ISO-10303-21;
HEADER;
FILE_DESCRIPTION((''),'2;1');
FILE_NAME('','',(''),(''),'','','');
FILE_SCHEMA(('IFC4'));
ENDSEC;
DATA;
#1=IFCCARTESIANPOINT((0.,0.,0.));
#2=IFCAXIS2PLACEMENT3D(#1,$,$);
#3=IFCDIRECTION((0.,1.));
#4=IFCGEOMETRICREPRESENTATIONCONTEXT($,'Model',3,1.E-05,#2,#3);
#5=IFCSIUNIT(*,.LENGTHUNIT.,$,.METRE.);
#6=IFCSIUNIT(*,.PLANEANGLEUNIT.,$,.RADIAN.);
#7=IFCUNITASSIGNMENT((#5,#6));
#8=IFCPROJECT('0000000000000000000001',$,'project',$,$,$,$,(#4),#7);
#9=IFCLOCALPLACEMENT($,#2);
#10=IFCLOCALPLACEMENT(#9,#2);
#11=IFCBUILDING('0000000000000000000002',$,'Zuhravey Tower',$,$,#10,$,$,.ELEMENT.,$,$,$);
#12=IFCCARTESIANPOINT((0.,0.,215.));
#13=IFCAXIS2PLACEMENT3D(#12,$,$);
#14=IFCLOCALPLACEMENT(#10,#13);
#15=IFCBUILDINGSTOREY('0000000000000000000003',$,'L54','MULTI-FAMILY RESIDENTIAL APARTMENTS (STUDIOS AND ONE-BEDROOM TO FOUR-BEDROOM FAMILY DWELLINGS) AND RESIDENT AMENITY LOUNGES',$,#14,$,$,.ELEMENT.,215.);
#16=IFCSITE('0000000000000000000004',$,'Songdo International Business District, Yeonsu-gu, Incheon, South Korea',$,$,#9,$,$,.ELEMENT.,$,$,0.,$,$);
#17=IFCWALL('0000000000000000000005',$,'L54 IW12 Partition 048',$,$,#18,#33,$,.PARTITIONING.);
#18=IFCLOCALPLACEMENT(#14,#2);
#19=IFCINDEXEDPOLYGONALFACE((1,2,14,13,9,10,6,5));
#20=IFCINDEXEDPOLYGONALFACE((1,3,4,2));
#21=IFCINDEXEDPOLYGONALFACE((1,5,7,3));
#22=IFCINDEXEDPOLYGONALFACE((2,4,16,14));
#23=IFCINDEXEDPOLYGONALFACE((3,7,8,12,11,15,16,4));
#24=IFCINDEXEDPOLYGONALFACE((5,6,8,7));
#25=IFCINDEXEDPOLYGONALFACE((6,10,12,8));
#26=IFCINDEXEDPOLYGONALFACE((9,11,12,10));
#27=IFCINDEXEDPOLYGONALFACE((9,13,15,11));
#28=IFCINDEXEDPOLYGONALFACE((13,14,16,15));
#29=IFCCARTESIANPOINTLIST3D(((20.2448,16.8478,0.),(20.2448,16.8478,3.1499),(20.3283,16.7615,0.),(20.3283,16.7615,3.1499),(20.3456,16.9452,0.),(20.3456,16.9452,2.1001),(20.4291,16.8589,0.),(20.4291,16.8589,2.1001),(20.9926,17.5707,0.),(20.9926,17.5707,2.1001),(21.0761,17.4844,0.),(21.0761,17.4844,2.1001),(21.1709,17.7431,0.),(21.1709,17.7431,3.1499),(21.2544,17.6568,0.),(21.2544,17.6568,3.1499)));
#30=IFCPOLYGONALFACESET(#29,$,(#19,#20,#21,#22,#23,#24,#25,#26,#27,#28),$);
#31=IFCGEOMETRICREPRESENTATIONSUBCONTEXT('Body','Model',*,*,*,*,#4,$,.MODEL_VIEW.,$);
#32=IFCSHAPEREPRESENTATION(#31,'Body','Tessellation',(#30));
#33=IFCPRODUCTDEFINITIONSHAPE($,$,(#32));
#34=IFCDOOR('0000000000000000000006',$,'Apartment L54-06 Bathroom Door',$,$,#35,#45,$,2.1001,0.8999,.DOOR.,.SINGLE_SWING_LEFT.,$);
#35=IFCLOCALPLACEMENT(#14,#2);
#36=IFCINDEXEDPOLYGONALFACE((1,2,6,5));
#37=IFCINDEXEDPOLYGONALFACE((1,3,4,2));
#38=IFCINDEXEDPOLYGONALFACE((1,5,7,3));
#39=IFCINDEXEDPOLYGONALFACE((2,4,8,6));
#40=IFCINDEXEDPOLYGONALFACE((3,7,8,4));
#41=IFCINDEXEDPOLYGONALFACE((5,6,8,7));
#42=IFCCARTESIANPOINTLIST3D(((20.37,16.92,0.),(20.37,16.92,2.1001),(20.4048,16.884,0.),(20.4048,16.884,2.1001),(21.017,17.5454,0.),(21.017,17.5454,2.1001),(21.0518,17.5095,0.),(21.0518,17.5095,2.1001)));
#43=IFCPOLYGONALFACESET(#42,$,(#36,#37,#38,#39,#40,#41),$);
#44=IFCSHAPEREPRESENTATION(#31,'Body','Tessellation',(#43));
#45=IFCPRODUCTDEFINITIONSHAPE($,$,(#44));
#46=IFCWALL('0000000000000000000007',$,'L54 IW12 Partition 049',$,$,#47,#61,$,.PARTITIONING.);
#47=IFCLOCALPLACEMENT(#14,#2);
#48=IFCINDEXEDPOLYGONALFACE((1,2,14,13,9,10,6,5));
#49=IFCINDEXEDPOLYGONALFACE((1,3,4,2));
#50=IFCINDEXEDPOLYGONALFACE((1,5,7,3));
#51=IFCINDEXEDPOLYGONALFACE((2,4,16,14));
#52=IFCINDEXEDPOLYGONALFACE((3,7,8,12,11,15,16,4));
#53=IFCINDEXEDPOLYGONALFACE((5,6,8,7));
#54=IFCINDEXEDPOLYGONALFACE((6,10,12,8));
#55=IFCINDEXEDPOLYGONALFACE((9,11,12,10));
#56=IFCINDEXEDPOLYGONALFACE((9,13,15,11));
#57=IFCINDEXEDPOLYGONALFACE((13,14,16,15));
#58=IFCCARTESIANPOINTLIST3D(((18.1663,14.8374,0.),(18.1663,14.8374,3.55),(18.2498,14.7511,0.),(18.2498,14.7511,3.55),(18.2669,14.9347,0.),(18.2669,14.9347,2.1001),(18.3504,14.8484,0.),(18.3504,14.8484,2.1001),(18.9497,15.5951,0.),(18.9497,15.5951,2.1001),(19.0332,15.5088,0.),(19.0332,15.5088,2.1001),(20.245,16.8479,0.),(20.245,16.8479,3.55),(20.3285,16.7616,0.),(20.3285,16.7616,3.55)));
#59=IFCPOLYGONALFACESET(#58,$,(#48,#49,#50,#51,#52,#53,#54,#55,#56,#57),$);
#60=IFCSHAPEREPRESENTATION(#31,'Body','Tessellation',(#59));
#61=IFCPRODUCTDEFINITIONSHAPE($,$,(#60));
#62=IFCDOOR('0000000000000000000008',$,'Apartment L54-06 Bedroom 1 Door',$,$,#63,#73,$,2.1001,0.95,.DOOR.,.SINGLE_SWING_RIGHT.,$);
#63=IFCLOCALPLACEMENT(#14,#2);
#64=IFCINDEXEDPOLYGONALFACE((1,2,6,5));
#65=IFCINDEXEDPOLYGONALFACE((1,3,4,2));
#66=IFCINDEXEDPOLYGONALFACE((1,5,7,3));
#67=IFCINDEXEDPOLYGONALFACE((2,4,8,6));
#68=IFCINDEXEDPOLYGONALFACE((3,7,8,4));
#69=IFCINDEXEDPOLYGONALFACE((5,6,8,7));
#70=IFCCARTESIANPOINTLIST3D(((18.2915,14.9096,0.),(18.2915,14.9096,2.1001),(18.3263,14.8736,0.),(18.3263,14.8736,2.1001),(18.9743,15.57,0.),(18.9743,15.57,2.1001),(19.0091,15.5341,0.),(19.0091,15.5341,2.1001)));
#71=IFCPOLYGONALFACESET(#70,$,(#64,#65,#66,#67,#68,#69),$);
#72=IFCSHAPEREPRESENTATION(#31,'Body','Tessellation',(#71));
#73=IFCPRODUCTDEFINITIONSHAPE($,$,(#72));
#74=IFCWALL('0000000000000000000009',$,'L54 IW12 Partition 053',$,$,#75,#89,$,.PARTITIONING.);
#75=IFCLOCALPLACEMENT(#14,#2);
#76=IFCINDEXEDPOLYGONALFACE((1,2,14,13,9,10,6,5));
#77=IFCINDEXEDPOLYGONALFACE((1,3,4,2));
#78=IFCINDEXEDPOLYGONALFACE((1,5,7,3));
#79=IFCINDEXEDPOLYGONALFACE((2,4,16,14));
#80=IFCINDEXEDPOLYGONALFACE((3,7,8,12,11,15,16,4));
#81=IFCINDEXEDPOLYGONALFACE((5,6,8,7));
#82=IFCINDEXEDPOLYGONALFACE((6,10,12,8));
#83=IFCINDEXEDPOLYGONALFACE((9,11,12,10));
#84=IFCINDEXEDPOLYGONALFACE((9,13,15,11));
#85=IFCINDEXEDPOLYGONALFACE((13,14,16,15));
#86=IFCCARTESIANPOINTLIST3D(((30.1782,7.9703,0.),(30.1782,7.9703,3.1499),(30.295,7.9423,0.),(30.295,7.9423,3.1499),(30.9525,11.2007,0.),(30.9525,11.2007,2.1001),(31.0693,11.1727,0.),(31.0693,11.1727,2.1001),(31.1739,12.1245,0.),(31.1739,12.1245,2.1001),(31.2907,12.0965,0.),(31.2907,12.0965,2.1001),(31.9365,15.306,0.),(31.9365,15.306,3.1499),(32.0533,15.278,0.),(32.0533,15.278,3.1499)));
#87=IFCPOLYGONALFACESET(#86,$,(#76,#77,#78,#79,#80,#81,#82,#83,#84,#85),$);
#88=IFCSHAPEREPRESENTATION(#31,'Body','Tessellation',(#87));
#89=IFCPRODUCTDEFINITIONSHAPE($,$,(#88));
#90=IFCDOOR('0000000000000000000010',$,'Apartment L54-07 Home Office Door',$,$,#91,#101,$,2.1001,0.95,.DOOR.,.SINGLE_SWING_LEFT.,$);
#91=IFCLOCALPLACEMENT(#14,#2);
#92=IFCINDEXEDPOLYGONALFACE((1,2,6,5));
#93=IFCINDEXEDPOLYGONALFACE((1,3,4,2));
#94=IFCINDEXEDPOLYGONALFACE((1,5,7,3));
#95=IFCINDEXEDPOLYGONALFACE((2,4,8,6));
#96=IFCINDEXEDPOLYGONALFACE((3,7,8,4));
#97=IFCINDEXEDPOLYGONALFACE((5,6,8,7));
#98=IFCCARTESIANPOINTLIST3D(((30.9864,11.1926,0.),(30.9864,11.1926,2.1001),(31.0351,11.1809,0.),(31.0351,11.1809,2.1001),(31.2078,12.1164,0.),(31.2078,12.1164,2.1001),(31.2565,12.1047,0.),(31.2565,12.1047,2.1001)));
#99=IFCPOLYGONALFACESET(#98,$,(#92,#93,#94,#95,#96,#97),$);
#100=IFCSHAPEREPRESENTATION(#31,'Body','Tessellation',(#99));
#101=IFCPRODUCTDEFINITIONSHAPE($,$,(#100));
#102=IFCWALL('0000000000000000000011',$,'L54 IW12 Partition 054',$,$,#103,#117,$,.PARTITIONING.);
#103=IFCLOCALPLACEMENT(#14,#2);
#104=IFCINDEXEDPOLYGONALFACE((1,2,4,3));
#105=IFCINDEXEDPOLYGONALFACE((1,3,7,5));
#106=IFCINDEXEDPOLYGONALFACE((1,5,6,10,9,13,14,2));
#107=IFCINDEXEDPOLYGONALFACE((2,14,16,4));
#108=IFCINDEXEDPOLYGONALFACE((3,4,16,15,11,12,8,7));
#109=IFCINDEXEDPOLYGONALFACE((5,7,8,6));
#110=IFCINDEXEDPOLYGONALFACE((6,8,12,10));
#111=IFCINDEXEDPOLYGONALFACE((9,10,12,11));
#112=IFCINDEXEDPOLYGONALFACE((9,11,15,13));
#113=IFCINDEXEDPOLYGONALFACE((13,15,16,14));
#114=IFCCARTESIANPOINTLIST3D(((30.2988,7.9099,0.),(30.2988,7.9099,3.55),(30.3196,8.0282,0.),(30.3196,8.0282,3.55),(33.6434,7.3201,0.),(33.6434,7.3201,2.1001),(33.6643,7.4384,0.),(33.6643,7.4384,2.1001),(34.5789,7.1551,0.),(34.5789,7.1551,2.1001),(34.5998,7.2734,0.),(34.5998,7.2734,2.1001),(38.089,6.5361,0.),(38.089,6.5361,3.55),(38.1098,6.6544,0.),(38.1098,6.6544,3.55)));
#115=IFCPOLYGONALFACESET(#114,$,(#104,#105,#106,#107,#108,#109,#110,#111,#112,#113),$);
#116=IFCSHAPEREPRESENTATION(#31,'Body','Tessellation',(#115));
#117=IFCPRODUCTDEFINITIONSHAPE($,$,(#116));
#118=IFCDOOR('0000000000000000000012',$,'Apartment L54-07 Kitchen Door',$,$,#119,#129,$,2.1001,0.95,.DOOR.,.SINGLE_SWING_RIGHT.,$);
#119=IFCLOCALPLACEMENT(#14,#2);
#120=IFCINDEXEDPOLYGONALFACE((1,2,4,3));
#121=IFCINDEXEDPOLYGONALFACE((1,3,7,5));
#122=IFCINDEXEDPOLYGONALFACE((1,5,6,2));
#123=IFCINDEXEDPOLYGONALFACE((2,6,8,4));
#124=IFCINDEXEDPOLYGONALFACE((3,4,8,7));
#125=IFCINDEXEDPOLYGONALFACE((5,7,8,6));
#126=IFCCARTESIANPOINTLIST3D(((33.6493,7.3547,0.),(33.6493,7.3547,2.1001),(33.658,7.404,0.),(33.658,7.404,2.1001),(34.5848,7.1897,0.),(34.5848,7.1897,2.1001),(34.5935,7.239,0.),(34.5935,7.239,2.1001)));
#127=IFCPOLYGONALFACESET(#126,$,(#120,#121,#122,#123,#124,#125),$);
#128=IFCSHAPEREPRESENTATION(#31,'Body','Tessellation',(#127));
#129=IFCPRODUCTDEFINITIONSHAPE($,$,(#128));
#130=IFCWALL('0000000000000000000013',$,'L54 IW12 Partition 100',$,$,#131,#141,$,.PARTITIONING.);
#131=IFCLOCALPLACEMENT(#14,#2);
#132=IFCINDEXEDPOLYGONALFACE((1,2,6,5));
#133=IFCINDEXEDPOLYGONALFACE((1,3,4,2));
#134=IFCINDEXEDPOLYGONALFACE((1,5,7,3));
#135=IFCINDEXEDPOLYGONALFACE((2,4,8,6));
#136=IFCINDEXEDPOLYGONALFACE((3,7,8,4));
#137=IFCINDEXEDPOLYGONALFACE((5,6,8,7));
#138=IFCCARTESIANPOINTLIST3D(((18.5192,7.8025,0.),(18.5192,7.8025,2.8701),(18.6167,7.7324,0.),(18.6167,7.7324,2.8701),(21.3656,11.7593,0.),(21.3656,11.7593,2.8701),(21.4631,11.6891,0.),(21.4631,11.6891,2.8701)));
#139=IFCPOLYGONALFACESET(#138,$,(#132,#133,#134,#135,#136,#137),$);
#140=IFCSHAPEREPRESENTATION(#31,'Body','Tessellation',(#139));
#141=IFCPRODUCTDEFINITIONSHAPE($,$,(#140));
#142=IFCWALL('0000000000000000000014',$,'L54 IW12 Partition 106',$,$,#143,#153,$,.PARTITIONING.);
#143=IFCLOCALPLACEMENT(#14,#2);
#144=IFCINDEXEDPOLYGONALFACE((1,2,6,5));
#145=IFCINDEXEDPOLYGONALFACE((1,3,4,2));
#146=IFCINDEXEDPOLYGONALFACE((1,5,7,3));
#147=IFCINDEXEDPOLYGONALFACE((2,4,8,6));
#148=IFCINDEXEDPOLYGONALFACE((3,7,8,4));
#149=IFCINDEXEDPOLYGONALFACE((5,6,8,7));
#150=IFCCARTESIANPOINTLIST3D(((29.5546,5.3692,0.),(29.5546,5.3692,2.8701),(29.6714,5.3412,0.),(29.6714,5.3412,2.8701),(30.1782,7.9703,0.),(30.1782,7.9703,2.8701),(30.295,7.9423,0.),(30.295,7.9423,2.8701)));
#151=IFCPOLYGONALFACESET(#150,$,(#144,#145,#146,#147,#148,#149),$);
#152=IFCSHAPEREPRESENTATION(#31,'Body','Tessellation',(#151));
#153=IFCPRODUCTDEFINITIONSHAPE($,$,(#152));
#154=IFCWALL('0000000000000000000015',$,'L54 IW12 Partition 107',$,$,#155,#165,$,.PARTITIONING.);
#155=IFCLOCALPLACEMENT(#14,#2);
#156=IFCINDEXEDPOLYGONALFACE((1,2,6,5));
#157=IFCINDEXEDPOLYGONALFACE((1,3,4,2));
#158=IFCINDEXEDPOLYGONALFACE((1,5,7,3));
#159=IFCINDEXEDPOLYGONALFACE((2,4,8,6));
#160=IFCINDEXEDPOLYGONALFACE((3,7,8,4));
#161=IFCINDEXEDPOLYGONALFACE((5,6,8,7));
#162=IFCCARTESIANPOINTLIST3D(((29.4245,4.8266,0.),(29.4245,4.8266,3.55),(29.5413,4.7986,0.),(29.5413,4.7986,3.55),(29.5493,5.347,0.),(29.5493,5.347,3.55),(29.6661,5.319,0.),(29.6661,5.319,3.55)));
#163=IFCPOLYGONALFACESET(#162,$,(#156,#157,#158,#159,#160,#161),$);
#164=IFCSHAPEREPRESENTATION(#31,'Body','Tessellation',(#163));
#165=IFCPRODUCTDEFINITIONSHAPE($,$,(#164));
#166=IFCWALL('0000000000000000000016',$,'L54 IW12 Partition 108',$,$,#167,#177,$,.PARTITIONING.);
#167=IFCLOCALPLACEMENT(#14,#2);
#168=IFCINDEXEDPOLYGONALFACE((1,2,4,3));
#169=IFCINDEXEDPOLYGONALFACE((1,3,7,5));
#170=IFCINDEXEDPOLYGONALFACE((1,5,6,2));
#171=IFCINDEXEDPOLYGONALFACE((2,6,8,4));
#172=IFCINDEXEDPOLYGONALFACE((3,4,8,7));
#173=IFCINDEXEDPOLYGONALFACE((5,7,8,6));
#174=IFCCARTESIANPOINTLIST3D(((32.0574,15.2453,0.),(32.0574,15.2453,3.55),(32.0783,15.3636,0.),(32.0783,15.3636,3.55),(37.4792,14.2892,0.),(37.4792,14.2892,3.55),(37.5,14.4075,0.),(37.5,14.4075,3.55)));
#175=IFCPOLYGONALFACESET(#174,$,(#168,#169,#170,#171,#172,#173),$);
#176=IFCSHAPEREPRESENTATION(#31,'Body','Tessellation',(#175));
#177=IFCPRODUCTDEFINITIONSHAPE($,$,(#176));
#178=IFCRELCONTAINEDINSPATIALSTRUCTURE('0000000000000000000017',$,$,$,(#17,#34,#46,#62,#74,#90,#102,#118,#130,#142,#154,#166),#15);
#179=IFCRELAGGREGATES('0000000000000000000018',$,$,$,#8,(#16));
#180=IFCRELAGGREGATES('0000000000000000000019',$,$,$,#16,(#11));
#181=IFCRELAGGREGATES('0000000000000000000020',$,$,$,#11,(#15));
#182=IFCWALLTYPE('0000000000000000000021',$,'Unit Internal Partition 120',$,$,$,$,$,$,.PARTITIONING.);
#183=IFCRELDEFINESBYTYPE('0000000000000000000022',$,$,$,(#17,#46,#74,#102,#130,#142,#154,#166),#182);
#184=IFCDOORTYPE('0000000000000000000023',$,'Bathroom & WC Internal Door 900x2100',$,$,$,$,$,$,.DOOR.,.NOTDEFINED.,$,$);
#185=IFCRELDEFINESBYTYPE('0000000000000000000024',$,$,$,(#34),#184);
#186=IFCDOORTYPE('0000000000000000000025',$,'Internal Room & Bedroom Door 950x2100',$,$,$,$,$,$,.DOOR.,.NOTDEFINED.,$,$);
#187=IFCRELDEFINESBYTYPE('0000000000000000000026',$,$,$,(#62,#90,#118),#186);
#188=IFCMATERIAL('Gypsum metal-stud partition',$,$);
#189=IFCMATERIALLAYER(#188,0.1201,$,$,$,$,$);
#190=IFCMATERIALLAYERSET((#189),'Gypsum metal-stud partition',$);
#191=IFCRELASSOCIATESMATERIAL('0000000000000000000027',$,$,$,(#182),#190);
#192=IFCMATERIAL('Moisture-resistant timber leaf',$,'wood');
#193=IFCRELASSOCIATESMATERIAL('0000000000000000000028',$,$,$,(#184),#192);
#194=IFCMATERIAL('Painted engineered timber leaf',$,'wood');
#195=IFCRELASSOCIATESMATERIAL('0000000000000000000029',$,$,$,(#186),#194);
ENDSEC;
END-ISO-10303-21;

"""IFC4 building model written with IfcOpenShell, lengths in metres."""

from ifc_helpers import new_model, si_unit, direction, frame, frame_2d, origin, place, context, subcontext, project, spatial, rectangle, extrude, material, layer, layer_set, type_object, element, fill, save


model = new_model("IFC4")

# Units and contexts
model_context = context("Model", 3, precision=1e-05, world=origin(), true_north=direction((0.0, 1.0)))
body_context = subcontext(model_context, "Body", "Model", "MODEL_VIEW")
ifc_project = project(units=[si_unit("LENGTHUNIT", "METRE"), si_unit("PLANEANGLEUNIT", "RADIAN")], contexts=[model_context])

# Site, building, storey
site_placement = place(None, origin())
site = spatial("IfcSite", under=ifc_project, at=site_placement, Name="Songdo International Business District, Yeonsu-gu, Incheon, South Korea", CompositionType="ELEMENT", RefElevation=0.0)
building_placement = place(site_placement, origin())
building = spatial("IfcBuilding", under=site, at=building_placement, Name="Zuhravey Tower", CompositionType="ELEMENT")
storey_placement = place(building_placement, frame((0.0, 0.0, 215.0)))
storey = spatial("IfcBuildingStorey", under=building, at=storey_placement, Name="L54", Description="MULTI-FAMILY RESIDENTIAL APARTMENTS (STUDIOS AND ONE-BEDROOM TO FOUR-BEDROOM FAMILY DWELLINGS) AND RESIDENT AMENITY LOUNGES", CompositionType="ELEMENT", Elevation=215.0)

# Walls, openings, doors
ifc_material_1 = material(Name="Gypsum metal-stud partition")
ifc_layer_1 = layer(ifc_material_1, 0.1201)
ifc_layer_set_1 = layer_set([ifc_layer_1], Name="Gypsum metal-stud partition")
wall_type_1 = type_object("IfcWallType", Name="Unit Internal Partition 120", PredefinedType="PARTITIONING", material=ifc_layer_set_1)
wall_1_placement = place(storey_placement, frame((21.2126, 17.7, 0.0), z_axis=(0.0, 0.0, 1.0), x_axis=(-0.718947, -0.695065, 0.0)))
wall_1 = element("IfcWall", 1, at=wall_1_placement, inside=storey, type_object=wall_type_1, Name="L54 IW12 Partition 048", PredefinedType="PARTITIONING", context=body_context, shape_type="SweptSolid", body=[
    extrude(rectangle(XDim=1.2881, YDim=0.1201, at=frame_2d((0.644, 0.0))), origin(), (0.0, 0.0, 1.0), 3.1499),
])
opening_1_placement = place(wall_1_placement, frame((0.248, 0.0, 0.0)))
opening_1 = element("IfcOpeningElement", 2, at=opening_1_placement, cuts=wall_1, PredefinedType="OPENING", context=body_context, shape_type="SweptSolid", body=[
    extrude(rectangle(XDim=0.8999, YDim=2.1001, at=frame_2d((0.45, 1.05))), frame((0.0, 0.072, 0.0), z_axis=(0.0, -1.0, 0.0), x_axis=(1.0, 0.0, 0.0)), (0.0, 0.0, 1.0), 0.144),
])
ifc_material_2 = material(Name="Moisture-resistant timber leaf", Category="wood")
door_type_1 = type_object("IfcDoorType", Name="Bathroom & WC Internal Door 900x2100", OperationType="NOTDEFINED", PredefinedType="DOOR", material=ifc_material_2)
door_1_placement = place(opening_1_placement, frame((0.8999, 0.0, 0.0), z_axis=(0.0, 0.0, 1.0), x_axis=(-1.0, 0.0, 0.0)))
door_1 = element("IfcDoor", 3, at=door_1_placement, inside=storey, type_object=door_type_1, Name="Apartment L54-06 Bathroom Door", OperationType="SINGLE_SWING_LEFT", OverallHeight=2.1001, OverallWidth=0.8999, PredefinedType="DOOR", context=body_context, shape_type="SweptSolid", body=[
    extrude(rectangle(XDim=0.8999, YDim=2.1001, at=frame_2d((0.45, 1.05))), frame((0.0, 0.0249, 0.0), z_axis=(0.0, -1.0, 0.0), x_axis=(1.0, 0.0, 0.0)), (0.0, 0.0, 1.0), 0.05),
])
fill(opening_1, door_1)
wall_2_placement = place(storey_placement, frame((20.2866, 16.8047, 0.0), z_axis=(0.0, 0.0, 1.0), x_axis=(-0.718786, -0.695232, 0.0)))
wall_2 = element("IfcWall", 4, at=wall_2_placement, inside=storey, type_object=wall_type_1, Name="L54 IW12 Partition 049", PredefinedType="PARTITIONING", context=body_context, shape_type="SweptSolid", body=[
    extrude(rectangle(XDim=2.8918, YDim=0.1201, at=frame_2d((1.4458, 0.0))), origin(), (0.0, 0.0, 1.0), 3.55),
])
opening_2_placement = place(wall_2_placement, frame((1.8018, 0.0, 0.0)))
opening_2 = element("IfcOpeningElement", 5, at=opening_2_placement, cuts=wall_2, PredefinedType="OPENING", context=body_context, shape_type="SweptSolid", body=[
    extrude(rectangle(XDim=0.95, YDim=2.1001, at=frame_2d((0.4751, 1.05))), frame((0.0, 0.072, 0.0), z_axis=(0.0, -1.0, 0.0), x_axis=(1.0, 0.0, 0.0)), (0.0, 0.0, 1.0), 0.144),
])
ifc_material_3 = material(Name="Painted engineered timber leaf", Category="wood")
door_type_2 = type_object("IfcDoorType", Name="Internal Room & Bedroom Door 950x2100", OperationType="NOTDEFINED", PredefinedType="DOOR", material=ifc_material_3)
door_2_placement = place(opening_2_placement, frame((0.95, 0.0, 0.0), z_axis=(0.0, 0.0, 1.0), x_axis=(-1.0, 0.0, 0.0)))
door_2 = element("IfcDoor", 6, at=door_2_placement, inside=storey, type_object=door_type_2, Name="Apartment L54-06 Bedroom 1 Door", OperationType="SINGLE_SWING_RIGHT", OverallHeight=2.1001, OverallWidth=0.95, PredefinedType="DOOR", context=body_context, shape_type="SweptSolid", body=[
    extrude(rectangle(XDim=0.95, YDim=2.1001, at=frame_2d((0.4751, 1.05))), frame((0.0, 0.0249, 0.0), z_axis=(0.0, -1.0, 0.0), x_axis=(1.0, 0.0, 0.0)), (0.0, 0.0, 1.0), 0.05),
])
fill(opening_2, door_2)
wall_3_placement = place(storey_placement, frame((31.9949, 15.292, 0.0), z_axis=(0.0, 0.0, 1.0), x_axis=(-0.233089, -0.972455, 0.0)))
wall_3 = element("IfcWall", 7, at=wall_3_placement, inside=storey, type_object=wall_type_1, Name="L54 IW12 Partition 053", PredefinedType="PARTITIONING", context=body_context, shape_type="SweptSolid", body=[
    extrude(rectangle(XDim=7.5435, YDim=0.1201, at=frame_2d((3.7717, 0.0))), origin(), (0.0, 0.0, 1.0), 3.1499),
])
opening_3_placement = place(wall_3_placement, frame((3.2715, 0.0, 0.0)))
opening_3 = element("IfcOpeningElement", 8, at=opening_3_placement, cuts=wall_3, PredefinedType="OPENING", context=body_context, shape_type="SweptSolid", body=[
    extrude(rectangle(XDim=0.95, YDim=2.1001, at=frame_2d((0.4751, 1.05))), frame((0.0, 0.072, 0.0), z_axis=(0.0, -1.0, 0.0), x_axis=(1.0, 0.0, 0.0)), (0.0, 0.0, 1.0), 0.144),
])
door_3_placement = place(opening_3_placement, origin())
door_3 = element("IfcDoor", 9, at=door_3_placement, inside=storey, type_object=door_type_2, Name="Apartment L54-07 Home Office Door", OperationType="SINGLE_SWING_LEFT", OverallHeight=2.1001, OverallWidth=0.95, PredefinedType="DOOR", context=body_context, shape_type="SweptSolid", body=[
    extrude(rectangle(XDim=0.95, YDim=2.1001, at=frame_2d((0.4751, 1.05))), frame((0.0, 0.0249, 0.0), z_axis=(0.0, -1.0, 0.0), x_axis=(1.0, 0.0, 0.0)), (0.0, 0.0, 1.0), 0.05),
])
fill(opening_3, door_3)
wall_4_placement = place(storey_placement, frame((30.3093, 7.969, 0.0), z_axis=(0.0, 0.0, 1.0), x_axis=(0.984805, -0.173666, 0.0)))
wall_4 = element("IfcWall", 10, at=wall_4_placement, inside=storey, type_object=wall_type_1, Name="L54 IW12 Partition 054", PredefinedType="PARTITIONING", context=body_context, shape_type="SweptSolid", body=[
    extrude(rectangle(XDim=7.9104, YDim=0.1201, at=frame_2d((3.9551, 0.0))), origin(), (0.0, 0.0, 1.0), 3.55),
])
opening_4_placement = place(wall_4_placement, frame((3.396, 0.0, 0.0)))
opening_4 = element("IfcOpeningElement", 11, at=opening_4_placement, cuts=wall_4, PredefinedType="OPENING", context=body_context, shape_type="SweptSolid", body=[
    extrude(rectangle(XDim=0.95, YDim=2.1001, at=frame_2d((0.4751, 1.05))), frame((0.0, 0.072, 0.0), z_axis=(0.0, -1.0, 0.0), x_axis=(1.0, 0.0, 0.0)), (0.0, 0.0, 1.0), 0.144),
])
door_4_placement = place(opening_4_placement, frame((0.95, 0.0, 0.0), z_axis=(0.0, 0.0, 1.0), x_axis=(-1.0, 0.0, 0.0)))
door_4 = element("IfcDoor", 12, at=door_4_placement, inside=storey, type_object=door_type_2, Name="Apartment L54-07 Kitchen Door", OperationType="SINGLE_SWING_RIGHT", OverallHeight=2.1001, OverallWidth=0.95, PredefinedType="DOOR", context=body_context, shape_type="SweptSolid", body=[
    extrude(rectangle(XDim=0.95, YDim=2.1001, at=frame_2d((0.4751, 1.05))), frame((0.0, 0.0249, 0.0), z_axis=(0.0, -1.0, 0.0), x_axis=(1.0, 0.0, 0.0)), (0.0, 0.0, 1.0), 0.05),
])
fill(opening_4, door_4)

# Walls
wall_5_placement = place(storey_placement, frame((21.4143, 11.7241, 0.0), z_axis=(0.0, 0.0, 1.0), x_axis=(-0.583973, -0.811773, 0.0)))
element("IfcWall", 13, at=wall_5_placement, inside=storey, type_object=wall_type_1, Name="L54 IW12 Partition 100", PredefinedType="PARTITIONING", context=body_context, shape_type="SweptSolid", body=[
    extrude(rectangle(XDim=4.8743, YDim=0.1201, at=frame_2d((2.437, 0.0))), origin(), (0.0, 0.0, 1.0), 2.8701),
])
wall_6_placement = place(storey_placement, frame((30.2366, 7.9563, 0.0), z_axis=(0.0, 0.0, 1.0), x_axis=(-0.233117, -0.972449, 0.0)))
element("IfcWall", 14, at=wall_6_placement, inside=storey, type_object=wall_type_1, Name="L54 IW12 Partition 106", PredefinedType="PARTITIONING", context=body_context, shape_type="SweptSolid", body=[
    extrude(rectangle(XDim=2.6748, YDim=0.1201, at=frame_2d((1.3374, 0.0))), origin(), (0.0, 0.0, 1.0), 2.8701),
])
wall_7_placement = place(storey_placement, frame((29.6077, 5.333, 0.0), z_axis=(0.0, 0.0, 1.0), x_axis=(-0.23308, -0.972458, 0.0)))
element("IfcWall", 15, at=wall_7_placement, inside=storey, type_object=wall_type_1, Name="L54 IW12 Partition 107", PredefinedType="PARTITIONING", context=body_context, shape_type="SweptSolid", body=[
    extrude(rectangle(XDim=0.5352, YDim=0.1201, at=frame_2d((0.2676, 0.0))), origin(), (0.0, 0.0, 1.0), 3.55),
])
wall_8_placement = place(storey_placement, frame((32.0679, 15.3044, 0.0), z_axis=(0.0, 0.0, 1.0), x_axis=(0.984805, -0.173661, 0.0)))
element("IfcWall", 16, at=wall_8_placement, inside=storey, type_object=wall_type_1, Name="L54 IW12 Partition 108", PredefinedType="PARTITIONING", context=body_context, shape_type="SweptSolid", body=[
    extrude(rectangle(XDim=5.5054, YDim=0.1201, at=frame_2d((2.7527, 0.0))), origin(), (0.0, 0.0, 1.0), 3.55),
])

save(model, "model.ifc")
